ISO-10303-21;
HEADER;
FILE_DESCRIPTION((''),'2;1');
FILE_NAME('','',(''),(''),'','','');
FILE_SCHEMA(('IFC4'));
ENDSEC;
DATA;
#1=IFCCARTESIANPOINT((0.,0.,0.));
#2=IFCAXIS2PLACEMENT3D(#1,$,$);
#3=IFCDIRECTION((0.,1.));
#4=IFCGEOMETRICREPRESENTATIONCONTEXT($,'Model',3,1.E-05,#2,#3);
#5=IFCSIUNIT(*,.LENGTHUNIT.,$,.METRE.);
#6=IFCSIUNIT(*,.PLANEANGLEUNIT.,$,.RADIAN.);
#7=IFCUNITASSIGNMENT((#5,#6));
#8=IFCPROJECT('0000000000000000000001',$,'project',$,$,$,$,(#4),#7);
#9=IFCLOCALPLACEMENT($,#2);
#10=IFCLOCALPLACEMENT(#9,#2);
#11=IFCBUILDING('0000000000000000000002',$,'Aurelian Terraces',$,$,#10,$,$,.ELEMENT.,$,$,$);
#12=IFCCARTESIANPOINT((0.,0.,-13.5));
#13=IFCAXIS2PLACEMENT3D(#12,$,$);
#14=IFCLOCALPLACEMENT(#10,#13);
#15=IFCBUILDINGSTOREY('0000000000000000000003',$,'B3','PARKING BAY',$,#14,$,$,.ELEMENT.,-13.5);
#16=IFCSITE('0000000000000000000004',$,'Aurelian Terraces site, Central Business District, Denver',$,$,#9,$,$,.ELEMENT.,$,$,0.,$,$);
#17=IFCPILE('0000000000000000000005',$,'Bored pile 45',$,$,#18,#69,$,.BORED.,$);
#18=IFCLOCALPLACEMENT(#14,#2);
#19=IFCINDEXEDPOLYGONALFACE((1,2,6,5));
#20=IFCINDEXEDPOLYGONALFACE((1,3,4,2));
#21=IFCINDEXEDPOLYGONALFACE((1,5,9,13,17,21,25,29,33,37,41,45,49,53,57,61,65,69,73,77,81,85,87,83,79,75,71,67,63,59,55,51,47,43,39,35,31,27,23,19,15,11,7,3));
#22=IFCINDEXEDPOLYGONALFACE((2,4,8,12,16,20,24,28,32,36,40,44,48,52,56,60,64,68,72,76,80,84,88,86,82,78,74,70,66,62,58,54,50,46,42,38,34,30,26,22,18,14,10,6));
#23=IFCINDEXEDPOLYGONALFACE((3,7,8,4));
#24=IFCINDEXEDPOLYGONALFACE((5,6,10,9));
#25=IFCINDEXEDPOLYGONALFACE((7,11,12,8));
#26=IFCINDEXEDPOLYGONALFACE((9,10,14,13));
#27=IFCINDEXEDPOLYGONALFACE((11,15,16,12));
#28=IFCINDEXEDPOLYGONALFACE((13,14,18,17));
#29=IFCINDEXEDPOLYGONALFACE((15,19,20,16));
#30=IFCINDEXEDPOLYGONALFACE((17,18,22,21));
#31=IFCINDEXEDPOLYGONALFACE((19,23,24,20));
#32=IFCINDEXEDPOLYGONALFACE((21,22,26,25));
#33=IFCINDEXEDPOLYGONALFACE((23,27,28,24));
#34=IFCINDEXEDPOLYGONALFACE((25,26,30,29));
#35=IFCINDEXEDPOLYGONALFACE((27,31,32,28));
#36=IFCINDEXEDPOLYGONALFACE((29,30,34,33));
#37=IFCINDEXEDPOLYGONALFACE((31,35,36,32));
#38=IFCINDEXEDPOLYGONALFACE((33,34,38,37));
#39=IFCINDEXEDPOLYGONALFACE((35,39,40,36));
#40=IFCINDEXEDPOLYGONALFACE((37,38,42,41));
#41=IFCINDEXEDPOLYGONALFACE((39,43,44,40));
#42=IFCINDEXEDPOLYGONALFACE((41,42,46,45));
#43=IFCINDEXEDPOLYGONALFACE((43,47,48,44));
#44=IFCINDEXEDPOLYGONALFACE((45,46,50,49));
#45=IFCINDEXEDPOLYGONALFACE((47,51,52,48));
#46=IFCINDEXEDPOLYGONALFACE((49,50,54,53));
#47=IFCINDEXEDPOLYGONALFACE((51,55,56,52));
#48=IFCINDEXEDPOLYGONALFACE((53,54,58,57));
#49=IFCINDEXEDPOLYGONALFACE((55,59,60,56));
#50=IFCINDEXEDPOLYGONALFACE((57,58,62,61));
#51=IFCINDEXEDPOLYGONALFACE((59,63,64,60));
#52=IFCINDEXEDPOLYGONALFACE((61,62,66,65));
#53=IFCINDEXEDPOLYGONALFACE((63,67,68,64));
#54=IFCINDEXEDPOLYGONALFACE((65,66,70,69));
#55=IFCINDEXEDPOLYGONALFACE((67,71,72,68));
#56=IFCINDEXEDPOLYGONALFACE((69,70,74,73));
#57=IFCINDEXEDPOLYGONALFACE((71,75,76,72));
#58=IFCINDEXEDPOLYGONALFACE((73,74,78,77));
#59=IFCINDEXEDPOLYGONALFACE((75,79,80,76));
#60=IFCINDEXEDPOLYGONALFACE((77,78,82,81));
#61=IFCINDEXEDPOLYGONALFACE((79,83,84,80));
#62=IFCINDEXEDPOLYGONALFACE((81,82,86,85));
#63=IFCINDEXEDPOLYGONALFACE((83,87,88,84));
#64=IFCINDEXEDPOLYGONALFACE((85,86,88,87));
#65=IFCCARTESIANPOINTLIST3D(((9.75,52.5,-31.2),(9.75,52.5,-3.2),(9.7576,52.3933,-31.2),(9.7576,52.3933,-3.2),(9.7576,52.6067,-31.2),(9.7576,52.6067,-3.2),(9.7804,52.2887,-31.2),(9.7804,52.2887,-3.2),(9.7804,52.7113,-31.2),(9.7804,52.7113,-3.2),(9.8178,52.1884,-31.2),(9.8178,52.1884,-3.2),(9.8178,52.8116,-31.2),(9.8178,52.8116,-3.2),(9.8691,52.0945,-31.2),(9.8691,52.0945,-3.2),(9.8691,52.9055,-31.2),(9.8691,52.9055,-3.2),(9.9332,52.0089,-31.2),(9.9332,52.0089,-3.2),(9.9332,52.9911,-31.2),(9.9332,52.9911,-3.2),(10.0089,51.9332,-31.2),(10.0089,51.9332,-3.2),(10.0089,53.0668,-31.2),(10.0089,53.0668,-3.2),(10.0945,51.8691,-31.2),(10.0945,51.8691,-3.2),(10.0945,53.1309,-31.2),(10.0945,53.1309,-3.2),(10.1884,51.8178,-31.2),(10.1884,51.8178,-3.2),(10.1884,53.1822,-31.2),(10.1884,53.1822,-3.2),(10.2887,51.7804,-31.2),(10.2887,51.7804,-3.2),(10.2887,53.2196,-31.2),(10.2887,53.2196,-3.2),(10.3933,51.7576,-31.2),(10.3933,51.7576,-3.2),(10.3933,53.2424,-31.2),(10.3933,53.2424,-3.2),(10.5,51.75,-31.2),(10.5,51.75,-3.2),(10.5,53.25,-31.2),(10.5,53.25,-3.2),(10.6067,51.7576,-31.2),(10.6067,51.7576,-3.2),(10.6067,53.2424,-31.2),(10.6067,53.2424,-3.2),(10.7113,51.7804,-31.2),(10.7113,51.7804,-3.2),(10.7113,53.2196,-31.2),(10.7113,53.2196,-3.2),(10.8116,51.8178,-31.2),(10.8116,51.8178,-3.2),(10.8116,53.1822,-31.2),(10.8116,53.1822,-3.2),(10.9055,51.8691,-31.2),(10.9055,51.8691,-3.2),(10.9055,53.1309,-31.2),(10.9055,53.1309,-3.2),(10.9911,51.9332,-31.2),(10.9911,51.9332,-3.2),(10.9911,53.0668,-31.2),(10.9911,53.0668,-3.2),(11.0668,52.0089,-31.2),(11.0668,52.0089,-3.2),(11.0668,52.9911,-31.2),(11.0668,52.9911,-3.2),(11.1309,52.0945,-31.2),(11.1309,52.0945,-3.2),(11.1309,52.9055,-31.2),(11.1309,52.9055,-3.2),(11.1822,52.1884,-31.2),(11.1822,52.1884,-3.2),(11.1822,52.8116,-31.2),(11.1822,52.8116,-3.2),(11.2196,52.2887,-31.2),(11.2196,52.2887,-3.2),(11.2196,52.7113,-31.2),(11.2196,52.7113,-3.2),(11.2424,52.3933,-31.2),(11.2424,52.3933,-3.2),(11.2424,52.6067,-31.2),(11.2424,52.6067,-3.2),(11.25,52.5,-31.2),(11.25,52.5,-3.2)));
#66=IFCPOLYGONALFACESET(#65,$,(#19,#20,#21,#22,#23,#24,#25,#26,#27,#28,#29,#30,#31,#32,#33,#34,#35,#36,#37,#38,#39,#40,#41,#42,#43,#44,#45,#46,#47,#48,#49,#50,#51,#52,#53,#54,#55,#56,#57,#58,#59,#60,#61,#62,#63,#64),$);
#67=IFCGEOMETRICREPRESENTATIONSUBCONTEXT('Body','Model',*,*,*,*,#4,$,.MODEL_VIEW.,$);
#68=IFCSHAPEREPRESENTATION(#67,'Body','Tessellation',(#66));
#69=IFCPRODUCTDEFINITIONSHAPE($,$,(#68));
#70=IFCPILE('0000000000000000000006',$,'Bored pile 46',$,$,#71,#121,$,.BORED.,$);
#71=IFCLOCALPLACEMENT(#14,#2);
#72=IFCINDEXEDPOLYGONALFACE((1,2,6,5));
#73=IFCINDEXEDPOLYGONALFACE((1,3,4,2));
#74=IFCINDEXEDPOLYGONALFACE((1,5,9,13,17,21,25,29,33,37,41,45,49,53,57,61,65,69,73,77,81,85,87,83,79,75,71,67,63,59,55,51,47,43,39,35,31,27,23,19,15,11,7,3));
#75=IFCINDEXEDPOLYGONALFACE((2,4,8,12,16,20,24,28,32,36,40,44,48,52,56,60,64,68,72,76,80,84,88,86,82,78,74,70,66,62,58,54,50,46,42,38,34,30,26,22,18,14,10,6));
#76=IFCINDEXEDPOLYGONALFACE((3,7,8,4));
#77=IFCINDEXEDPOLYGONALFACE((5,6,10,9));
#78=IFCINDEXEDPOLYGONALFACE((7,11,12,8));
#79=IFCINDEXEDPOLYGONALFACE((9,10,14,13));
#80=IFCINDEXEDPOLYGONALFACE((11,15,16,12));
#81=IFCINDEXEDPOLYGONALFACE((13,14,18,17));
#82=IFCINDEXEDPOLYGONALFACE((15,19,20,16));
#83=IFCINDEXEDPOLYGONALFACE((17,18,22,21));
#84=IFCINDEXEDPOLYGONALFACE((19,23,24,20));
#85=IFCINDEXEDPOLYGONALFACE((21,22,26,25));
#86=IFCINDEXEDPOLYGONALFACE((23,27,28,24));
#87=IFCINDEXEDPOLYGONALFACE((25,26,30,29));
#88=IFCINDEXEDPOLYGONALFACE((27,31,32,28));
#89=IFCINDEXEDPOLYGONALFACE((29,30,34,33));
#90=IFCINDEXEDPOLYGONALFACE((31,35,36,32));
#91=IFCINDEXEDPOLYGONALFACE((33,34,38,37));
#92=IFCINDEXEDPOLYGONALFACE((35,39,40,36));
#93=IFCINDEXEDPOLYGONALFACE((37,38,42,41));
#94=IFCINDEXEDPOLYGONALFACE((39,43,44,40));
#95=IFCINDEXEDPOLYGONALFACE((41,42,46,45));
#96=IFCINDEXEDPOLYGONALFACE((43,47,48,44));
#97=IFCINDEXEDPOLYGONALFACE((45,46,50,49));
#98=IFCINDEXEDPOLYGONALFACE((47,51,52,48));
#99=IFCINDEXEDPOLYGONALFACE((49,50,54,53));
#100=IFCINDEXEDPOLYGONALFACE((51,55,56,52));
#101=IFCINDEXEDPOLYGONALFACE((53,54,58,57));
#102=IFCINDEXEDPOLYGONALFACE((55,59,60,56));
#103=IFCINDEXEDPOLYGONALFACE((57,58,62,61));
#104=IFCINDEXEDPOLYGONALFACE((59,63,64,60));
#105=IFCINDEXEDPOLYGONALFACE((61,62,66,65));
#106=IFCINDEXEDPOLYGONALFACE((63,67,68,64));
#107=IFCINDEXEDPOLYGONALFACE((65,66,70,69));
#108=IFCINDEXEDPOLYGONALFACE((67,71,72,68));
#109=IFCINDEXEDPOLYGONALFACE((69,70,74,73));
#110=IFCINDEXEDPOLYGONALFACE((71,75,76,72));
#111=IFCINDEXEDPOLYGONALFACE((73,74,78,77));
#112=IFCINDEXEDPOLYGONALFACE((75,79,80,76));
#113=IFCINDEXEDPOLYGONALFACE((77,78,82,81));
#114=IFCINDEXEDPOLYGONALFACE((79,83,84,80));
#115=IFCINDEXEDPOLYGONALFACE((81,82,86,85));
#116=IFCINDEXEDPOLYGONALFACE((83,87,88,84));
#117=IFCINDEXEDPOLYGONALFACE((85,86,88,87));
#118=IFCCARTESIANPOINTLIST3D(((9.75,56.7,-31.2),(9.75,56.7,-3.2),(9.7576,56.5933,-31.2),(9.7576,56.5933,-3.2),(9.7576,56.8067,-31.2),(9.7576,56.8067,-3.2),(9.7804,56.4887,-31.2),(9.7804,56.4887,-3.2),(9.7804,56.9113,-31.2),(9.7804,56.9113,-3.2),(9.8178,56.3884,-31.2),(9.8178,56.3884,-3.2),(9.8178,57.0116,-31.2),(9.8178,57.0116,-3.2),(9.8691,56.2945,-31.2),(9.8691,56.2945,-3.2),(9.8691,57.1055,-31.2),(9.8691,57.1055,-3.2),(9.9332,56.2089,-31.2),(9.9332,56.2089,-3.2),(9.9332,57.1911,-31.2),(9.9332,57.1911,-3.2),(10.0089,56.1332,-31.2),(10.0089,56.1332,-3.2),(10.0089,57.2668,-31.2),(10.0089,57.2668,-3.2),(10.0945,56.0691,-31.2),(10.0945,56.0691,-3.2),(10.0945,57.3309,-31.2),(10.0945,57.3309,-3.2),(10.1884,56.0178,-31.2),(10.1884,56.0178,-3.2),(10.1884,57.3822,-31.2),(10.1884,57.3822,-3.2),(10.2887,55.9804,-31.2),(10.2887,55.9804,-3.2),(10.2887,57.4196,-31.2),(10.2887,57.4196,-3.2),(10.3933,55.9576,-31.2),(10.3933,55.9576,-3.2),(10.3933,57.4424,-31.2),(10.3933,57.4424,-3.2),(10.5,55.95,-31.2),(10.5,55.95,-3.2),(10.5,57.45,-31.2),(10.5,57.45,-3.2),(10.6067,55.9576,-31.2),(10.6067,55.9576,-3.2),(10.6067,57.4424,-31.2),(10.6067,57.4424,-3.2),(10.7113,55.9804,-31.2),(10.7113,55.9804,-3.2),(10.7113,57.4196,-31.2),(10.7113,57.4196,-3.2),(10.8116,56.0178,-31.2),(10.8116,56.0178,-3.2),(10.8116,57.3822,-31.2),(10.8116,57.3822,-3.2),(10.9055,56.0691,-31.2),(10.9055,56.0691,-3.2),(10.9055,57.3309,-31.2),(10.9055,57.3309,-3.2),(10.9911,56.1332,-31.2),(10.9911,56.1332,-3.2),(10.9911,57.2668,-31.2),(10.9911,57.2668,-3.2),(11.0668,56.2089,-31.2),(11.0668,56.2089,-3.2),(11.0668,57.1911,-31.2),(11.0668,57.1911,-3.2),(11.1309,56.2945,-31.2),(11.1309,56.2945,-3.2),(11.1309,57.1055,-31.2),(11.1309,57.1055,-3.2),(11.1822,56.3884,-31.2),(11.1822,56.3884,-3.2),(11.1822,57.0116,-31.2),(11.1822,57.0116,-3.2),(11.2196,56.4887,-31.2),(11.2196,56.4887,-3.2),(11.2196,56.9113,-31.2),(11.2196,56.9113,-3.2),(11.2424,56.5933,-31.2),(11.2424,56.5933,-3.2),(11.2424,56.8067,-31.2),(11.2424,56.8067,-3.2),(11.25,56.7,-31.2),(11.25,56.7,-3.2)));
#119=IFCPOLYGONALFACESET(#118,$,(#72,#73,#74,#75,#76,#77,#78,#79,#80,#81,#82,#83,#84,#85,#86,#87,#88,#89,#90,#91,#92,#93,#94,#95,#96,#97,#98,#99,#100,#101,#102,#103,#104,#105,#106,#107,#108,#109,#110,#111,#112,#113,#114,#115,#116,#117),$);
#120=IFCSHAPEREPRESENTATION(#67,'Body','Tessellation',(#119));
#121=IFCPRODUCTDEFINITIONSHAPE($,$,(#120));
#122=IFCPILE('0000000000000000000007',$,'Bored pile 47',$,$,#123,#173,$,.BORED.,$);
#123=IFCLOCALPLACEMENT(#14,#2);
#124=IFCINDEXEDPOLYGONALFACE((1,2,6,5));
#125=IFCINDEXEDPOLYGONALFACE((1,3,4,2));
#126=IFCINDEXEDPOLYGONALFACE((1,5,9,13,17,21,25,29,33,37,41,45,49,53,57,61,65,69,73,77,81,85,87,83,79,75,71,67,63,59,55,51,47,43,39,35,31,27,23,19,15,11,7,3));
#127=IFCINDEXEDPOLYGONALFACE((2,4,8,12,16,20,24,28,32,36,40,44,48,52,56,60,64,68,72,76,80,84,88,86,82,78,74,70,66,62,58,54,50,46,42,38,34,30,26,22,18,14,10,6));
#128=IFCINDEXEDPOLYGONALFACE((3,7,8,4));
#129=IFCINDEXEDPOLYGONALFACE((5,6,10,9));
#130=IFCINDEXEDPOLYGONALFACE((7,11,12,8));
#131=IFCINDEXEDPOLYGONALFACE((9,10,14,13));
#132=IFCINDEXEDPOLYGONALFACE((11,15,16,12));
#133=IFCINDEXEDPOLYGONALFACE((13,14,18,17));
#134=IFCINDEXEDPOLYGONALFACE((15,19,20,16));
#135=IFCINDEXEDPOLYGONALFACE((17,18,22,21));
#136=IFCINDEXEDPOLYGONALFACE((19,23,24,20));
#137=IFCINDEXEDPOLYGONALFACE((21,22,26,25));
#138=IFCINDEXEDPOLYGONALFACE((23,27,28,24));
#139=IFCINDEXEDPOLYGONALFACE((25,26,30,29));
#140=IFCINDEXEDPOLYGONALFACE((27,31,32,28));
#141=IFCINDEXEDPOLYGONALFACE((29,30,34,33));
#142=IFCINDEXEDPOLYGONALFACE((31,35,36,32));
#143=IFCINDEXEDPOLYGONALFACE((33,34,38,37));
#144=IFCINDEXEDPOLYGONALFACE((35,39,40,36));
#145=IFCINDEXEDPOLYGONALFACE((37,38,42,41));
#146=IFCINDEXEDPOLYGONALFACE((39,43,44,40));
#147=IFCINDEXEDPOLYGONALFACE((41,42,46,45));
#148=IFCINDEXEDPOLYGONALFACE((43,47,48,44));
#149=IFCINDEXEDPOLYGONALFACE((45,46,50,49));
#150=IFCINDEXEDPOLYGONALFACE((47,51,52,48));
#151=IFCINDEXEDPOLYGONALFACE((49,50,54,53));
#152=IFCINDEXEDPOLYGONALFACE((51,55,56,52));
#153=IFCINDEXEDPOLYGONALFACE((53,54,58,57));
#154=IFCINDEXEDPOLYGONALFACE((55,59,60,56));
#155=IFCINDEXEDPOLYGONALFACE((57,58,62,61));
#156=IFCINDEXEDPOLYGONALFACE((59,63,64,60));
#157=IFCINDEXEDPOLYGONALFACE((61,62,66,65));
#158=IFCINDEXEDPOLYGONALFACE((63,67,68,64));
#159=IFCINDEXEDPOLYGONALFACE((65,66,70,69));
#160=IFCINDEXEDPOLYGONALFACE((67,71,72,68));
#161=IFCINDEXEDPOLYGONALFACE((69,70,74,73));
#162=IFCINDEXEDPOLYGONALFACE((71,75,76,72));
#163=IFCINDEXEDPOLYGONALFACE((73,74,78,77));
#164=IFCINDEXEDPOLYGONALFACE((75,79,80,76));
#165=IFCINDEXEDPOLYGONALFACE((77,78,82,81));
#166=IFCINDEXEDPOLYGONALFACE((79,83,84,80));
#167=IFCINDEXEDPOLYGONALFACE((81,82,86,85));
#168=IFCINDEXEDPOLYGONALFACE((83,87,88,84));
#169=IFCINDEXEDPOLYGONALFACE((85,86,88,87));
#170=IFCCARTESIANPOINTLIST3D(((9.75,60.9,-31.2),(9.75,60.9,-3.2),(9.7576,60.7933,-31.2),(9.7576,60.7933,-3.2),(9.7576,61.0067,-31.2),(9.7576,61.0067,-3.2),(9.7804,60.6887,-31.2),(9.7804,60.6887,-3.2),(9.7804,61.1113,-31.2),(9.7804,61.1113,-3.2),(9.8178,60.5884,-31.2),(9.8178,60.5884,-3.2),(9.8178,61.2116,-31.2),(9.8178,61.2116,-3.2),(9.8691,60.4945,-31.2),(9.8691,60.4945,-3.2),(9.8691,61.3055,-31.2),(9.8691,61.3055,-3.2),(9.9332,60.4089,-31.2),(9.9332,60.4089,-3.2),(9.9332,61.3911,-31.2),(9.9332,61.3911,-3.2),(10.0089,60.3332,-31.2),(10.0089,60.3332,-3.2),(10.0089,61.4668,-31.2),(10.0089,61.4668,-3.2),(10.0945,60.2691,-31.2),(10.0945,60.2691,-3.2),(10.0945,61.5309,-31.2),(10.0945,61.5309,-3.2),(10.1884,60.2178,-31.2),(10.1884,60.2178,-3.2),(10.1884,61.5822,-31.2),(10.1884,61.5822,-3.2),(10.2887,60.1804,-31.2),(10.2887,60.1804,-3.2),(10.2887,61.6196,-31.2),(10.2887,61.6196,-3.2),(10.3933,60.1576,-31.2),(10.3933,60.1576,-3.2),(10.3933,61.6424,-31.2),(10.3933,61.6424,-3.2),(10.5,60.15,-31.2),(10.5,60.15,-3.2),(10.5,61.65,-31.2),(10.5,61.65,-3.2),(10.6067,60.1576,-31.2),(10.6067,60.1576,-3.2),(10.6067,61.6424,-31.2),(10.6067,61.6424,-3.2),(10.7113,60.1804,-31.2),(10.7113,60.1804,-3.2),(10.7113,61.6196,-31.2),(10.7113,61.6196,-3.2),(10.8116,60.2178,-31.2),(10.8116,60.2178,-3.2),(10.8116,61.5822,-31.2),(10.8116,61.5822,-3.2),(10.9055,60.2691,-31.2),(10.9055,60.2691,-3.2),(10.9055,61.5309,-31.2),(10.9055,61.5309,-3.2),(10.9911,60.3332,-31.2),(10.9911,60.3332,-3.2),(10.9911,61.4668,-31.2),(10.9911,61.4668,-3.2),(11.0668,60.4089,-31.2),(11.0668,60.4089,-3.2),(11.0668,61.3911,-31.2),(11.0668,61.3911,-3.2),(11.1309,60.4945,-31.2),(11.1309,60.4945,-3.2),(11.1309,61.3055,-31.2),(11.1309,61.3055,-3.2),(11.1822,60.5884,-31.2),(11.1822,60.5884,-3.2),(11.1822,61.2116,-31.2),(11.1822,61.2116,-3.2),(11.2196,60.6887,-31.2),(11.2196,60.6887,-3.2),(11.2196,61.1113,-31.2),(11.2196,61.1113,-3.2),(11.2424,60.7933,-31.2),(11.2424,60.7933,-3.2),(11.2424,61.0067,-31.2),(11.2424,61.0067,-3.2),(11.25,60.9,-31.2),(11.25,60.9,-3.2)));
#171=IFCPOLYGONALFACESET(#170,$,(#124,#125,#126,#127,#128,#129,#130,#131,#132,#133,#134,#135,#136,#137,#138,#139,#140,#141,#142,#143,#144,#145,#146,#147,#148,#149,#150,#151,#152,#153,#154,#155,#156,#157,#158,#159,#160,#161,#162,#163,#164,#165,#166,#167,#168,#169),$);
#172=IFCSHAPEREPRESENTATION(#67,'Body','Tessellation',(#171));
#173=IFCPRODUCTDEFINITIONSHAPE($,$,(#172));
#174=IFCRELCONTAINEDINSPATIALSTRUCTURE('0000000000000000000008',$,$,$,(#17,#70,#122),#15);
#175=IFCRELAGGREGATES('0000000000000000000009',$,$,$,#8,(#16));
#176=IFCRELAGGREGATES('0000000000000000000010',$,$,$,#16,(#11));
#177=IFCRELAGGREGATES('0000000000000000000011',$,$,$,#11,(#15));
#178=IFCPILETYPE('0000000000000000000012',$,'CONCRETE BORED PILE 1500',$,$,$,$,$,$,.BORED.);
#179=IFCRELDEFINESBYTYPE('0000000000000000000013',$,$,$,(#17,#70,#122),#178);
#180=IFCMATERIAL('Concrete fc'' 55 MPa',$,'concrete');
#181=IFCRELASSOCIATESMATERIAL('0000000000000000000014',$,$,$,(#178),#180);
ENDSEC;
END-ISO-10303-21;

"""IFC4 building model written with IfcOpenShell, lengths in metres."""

from ifc_helpers import new_model, si_unit, direction, frame, origin, origin_2d, place, context, subcontext, project, spatial, circle, extrude, source, transform, mapped, material, material_profile, profile_set, type_object, element, save


model = new_model("IFC4")

# Units and contexts
model_context = context("Model", 3, precision=1e-05, world=origin(), true_north=direction((0.0, 1.0)))
body_context = subcontext(model_context, "Body", "Model", "MODEL_VIEW")
ifc_project = project(units=[si_unit("LENGTHUNIT", "METRE"), si_unit("PLANEANGLEUNIT", "RADIAN")], contexts=[model_context])

# Site, building, storey
site_placement = place(None, origin())
site = spatial("IfcSite", under=ifc_project, at=site_placement, Name="Aurelian Terraces site, Central Business District, Denver", CompositionType="ELEMENT", RefElevation=0.0)
building_placement = place(site_placement, origin())
building = spatial("IfcBuilding", under=site, at=building_placement, Name="Aurelian Terraces", CompositionType="ELEMENT")
storey_placement = place(building_placement, frame((0.0, 0.0, -13.5)))
storey = spatial("IfcBuildingStorey", under=building, at=storey_placement, Name="B3", Description="PARKING BAY", CompositionType="ELEMENT", Elevation=-13.5)

# Piles
ifc_material_1 = material(Name="Concrete fc' 55 MPa", Category="concrete")
ifc_material_profile_1 = material_profile(ifc_material_1, circle(Radius=0.75, at=origin_2d()))
ifc_profile_set_1 = profile_set([ifc_material_profile_1], Name="Concrete fc' 55 MPa")
pile_type = type_object("IfcPileType", Name="CONCRETE BORED PILE 1500", PredefinedType="BORED", material=ifc_profile_set_1)
shared_shape_1 = source(origin(), body_context, "Body", "SweptSolid", [
    extrude(circle(Radius=0.75, at=origin_2d()), origin(), (0.0, 0.0, 1.0), 28.0),
])
for number, where, z_axis, x_axis, name in (
    (1, (10.5, 52.5, -3.2), (0.0, 0.0, -1.0), (1.0, 0.0, 0.0), "Bored pile 45"),
    (2, (10.5, 56.7, -3.2), (0.0, 0.0, -1.0), (1.0, 0.0, 0.0), "Bored pile 46"),
    (3, (10.5, 60.9, -3.2), (0.0, 0.0, -1.0), (1.0, 0.0, 0.0), "Bored pile 47"),
):
    element("IfcPile", number, at=place(storey_placement, frame(where, z_axis=z_axis, x_axis=x_axis)), inside=storey, type_object=pile_type, Name=name, PredefinedType="BORED", context=body_context, shape_type="MappedRepresentation", body=[
        mapped(shared_shape_1, transform((0.0, 0.0, 0.0), scale=1.0)),
    ])

save(model, "model.ifc")
